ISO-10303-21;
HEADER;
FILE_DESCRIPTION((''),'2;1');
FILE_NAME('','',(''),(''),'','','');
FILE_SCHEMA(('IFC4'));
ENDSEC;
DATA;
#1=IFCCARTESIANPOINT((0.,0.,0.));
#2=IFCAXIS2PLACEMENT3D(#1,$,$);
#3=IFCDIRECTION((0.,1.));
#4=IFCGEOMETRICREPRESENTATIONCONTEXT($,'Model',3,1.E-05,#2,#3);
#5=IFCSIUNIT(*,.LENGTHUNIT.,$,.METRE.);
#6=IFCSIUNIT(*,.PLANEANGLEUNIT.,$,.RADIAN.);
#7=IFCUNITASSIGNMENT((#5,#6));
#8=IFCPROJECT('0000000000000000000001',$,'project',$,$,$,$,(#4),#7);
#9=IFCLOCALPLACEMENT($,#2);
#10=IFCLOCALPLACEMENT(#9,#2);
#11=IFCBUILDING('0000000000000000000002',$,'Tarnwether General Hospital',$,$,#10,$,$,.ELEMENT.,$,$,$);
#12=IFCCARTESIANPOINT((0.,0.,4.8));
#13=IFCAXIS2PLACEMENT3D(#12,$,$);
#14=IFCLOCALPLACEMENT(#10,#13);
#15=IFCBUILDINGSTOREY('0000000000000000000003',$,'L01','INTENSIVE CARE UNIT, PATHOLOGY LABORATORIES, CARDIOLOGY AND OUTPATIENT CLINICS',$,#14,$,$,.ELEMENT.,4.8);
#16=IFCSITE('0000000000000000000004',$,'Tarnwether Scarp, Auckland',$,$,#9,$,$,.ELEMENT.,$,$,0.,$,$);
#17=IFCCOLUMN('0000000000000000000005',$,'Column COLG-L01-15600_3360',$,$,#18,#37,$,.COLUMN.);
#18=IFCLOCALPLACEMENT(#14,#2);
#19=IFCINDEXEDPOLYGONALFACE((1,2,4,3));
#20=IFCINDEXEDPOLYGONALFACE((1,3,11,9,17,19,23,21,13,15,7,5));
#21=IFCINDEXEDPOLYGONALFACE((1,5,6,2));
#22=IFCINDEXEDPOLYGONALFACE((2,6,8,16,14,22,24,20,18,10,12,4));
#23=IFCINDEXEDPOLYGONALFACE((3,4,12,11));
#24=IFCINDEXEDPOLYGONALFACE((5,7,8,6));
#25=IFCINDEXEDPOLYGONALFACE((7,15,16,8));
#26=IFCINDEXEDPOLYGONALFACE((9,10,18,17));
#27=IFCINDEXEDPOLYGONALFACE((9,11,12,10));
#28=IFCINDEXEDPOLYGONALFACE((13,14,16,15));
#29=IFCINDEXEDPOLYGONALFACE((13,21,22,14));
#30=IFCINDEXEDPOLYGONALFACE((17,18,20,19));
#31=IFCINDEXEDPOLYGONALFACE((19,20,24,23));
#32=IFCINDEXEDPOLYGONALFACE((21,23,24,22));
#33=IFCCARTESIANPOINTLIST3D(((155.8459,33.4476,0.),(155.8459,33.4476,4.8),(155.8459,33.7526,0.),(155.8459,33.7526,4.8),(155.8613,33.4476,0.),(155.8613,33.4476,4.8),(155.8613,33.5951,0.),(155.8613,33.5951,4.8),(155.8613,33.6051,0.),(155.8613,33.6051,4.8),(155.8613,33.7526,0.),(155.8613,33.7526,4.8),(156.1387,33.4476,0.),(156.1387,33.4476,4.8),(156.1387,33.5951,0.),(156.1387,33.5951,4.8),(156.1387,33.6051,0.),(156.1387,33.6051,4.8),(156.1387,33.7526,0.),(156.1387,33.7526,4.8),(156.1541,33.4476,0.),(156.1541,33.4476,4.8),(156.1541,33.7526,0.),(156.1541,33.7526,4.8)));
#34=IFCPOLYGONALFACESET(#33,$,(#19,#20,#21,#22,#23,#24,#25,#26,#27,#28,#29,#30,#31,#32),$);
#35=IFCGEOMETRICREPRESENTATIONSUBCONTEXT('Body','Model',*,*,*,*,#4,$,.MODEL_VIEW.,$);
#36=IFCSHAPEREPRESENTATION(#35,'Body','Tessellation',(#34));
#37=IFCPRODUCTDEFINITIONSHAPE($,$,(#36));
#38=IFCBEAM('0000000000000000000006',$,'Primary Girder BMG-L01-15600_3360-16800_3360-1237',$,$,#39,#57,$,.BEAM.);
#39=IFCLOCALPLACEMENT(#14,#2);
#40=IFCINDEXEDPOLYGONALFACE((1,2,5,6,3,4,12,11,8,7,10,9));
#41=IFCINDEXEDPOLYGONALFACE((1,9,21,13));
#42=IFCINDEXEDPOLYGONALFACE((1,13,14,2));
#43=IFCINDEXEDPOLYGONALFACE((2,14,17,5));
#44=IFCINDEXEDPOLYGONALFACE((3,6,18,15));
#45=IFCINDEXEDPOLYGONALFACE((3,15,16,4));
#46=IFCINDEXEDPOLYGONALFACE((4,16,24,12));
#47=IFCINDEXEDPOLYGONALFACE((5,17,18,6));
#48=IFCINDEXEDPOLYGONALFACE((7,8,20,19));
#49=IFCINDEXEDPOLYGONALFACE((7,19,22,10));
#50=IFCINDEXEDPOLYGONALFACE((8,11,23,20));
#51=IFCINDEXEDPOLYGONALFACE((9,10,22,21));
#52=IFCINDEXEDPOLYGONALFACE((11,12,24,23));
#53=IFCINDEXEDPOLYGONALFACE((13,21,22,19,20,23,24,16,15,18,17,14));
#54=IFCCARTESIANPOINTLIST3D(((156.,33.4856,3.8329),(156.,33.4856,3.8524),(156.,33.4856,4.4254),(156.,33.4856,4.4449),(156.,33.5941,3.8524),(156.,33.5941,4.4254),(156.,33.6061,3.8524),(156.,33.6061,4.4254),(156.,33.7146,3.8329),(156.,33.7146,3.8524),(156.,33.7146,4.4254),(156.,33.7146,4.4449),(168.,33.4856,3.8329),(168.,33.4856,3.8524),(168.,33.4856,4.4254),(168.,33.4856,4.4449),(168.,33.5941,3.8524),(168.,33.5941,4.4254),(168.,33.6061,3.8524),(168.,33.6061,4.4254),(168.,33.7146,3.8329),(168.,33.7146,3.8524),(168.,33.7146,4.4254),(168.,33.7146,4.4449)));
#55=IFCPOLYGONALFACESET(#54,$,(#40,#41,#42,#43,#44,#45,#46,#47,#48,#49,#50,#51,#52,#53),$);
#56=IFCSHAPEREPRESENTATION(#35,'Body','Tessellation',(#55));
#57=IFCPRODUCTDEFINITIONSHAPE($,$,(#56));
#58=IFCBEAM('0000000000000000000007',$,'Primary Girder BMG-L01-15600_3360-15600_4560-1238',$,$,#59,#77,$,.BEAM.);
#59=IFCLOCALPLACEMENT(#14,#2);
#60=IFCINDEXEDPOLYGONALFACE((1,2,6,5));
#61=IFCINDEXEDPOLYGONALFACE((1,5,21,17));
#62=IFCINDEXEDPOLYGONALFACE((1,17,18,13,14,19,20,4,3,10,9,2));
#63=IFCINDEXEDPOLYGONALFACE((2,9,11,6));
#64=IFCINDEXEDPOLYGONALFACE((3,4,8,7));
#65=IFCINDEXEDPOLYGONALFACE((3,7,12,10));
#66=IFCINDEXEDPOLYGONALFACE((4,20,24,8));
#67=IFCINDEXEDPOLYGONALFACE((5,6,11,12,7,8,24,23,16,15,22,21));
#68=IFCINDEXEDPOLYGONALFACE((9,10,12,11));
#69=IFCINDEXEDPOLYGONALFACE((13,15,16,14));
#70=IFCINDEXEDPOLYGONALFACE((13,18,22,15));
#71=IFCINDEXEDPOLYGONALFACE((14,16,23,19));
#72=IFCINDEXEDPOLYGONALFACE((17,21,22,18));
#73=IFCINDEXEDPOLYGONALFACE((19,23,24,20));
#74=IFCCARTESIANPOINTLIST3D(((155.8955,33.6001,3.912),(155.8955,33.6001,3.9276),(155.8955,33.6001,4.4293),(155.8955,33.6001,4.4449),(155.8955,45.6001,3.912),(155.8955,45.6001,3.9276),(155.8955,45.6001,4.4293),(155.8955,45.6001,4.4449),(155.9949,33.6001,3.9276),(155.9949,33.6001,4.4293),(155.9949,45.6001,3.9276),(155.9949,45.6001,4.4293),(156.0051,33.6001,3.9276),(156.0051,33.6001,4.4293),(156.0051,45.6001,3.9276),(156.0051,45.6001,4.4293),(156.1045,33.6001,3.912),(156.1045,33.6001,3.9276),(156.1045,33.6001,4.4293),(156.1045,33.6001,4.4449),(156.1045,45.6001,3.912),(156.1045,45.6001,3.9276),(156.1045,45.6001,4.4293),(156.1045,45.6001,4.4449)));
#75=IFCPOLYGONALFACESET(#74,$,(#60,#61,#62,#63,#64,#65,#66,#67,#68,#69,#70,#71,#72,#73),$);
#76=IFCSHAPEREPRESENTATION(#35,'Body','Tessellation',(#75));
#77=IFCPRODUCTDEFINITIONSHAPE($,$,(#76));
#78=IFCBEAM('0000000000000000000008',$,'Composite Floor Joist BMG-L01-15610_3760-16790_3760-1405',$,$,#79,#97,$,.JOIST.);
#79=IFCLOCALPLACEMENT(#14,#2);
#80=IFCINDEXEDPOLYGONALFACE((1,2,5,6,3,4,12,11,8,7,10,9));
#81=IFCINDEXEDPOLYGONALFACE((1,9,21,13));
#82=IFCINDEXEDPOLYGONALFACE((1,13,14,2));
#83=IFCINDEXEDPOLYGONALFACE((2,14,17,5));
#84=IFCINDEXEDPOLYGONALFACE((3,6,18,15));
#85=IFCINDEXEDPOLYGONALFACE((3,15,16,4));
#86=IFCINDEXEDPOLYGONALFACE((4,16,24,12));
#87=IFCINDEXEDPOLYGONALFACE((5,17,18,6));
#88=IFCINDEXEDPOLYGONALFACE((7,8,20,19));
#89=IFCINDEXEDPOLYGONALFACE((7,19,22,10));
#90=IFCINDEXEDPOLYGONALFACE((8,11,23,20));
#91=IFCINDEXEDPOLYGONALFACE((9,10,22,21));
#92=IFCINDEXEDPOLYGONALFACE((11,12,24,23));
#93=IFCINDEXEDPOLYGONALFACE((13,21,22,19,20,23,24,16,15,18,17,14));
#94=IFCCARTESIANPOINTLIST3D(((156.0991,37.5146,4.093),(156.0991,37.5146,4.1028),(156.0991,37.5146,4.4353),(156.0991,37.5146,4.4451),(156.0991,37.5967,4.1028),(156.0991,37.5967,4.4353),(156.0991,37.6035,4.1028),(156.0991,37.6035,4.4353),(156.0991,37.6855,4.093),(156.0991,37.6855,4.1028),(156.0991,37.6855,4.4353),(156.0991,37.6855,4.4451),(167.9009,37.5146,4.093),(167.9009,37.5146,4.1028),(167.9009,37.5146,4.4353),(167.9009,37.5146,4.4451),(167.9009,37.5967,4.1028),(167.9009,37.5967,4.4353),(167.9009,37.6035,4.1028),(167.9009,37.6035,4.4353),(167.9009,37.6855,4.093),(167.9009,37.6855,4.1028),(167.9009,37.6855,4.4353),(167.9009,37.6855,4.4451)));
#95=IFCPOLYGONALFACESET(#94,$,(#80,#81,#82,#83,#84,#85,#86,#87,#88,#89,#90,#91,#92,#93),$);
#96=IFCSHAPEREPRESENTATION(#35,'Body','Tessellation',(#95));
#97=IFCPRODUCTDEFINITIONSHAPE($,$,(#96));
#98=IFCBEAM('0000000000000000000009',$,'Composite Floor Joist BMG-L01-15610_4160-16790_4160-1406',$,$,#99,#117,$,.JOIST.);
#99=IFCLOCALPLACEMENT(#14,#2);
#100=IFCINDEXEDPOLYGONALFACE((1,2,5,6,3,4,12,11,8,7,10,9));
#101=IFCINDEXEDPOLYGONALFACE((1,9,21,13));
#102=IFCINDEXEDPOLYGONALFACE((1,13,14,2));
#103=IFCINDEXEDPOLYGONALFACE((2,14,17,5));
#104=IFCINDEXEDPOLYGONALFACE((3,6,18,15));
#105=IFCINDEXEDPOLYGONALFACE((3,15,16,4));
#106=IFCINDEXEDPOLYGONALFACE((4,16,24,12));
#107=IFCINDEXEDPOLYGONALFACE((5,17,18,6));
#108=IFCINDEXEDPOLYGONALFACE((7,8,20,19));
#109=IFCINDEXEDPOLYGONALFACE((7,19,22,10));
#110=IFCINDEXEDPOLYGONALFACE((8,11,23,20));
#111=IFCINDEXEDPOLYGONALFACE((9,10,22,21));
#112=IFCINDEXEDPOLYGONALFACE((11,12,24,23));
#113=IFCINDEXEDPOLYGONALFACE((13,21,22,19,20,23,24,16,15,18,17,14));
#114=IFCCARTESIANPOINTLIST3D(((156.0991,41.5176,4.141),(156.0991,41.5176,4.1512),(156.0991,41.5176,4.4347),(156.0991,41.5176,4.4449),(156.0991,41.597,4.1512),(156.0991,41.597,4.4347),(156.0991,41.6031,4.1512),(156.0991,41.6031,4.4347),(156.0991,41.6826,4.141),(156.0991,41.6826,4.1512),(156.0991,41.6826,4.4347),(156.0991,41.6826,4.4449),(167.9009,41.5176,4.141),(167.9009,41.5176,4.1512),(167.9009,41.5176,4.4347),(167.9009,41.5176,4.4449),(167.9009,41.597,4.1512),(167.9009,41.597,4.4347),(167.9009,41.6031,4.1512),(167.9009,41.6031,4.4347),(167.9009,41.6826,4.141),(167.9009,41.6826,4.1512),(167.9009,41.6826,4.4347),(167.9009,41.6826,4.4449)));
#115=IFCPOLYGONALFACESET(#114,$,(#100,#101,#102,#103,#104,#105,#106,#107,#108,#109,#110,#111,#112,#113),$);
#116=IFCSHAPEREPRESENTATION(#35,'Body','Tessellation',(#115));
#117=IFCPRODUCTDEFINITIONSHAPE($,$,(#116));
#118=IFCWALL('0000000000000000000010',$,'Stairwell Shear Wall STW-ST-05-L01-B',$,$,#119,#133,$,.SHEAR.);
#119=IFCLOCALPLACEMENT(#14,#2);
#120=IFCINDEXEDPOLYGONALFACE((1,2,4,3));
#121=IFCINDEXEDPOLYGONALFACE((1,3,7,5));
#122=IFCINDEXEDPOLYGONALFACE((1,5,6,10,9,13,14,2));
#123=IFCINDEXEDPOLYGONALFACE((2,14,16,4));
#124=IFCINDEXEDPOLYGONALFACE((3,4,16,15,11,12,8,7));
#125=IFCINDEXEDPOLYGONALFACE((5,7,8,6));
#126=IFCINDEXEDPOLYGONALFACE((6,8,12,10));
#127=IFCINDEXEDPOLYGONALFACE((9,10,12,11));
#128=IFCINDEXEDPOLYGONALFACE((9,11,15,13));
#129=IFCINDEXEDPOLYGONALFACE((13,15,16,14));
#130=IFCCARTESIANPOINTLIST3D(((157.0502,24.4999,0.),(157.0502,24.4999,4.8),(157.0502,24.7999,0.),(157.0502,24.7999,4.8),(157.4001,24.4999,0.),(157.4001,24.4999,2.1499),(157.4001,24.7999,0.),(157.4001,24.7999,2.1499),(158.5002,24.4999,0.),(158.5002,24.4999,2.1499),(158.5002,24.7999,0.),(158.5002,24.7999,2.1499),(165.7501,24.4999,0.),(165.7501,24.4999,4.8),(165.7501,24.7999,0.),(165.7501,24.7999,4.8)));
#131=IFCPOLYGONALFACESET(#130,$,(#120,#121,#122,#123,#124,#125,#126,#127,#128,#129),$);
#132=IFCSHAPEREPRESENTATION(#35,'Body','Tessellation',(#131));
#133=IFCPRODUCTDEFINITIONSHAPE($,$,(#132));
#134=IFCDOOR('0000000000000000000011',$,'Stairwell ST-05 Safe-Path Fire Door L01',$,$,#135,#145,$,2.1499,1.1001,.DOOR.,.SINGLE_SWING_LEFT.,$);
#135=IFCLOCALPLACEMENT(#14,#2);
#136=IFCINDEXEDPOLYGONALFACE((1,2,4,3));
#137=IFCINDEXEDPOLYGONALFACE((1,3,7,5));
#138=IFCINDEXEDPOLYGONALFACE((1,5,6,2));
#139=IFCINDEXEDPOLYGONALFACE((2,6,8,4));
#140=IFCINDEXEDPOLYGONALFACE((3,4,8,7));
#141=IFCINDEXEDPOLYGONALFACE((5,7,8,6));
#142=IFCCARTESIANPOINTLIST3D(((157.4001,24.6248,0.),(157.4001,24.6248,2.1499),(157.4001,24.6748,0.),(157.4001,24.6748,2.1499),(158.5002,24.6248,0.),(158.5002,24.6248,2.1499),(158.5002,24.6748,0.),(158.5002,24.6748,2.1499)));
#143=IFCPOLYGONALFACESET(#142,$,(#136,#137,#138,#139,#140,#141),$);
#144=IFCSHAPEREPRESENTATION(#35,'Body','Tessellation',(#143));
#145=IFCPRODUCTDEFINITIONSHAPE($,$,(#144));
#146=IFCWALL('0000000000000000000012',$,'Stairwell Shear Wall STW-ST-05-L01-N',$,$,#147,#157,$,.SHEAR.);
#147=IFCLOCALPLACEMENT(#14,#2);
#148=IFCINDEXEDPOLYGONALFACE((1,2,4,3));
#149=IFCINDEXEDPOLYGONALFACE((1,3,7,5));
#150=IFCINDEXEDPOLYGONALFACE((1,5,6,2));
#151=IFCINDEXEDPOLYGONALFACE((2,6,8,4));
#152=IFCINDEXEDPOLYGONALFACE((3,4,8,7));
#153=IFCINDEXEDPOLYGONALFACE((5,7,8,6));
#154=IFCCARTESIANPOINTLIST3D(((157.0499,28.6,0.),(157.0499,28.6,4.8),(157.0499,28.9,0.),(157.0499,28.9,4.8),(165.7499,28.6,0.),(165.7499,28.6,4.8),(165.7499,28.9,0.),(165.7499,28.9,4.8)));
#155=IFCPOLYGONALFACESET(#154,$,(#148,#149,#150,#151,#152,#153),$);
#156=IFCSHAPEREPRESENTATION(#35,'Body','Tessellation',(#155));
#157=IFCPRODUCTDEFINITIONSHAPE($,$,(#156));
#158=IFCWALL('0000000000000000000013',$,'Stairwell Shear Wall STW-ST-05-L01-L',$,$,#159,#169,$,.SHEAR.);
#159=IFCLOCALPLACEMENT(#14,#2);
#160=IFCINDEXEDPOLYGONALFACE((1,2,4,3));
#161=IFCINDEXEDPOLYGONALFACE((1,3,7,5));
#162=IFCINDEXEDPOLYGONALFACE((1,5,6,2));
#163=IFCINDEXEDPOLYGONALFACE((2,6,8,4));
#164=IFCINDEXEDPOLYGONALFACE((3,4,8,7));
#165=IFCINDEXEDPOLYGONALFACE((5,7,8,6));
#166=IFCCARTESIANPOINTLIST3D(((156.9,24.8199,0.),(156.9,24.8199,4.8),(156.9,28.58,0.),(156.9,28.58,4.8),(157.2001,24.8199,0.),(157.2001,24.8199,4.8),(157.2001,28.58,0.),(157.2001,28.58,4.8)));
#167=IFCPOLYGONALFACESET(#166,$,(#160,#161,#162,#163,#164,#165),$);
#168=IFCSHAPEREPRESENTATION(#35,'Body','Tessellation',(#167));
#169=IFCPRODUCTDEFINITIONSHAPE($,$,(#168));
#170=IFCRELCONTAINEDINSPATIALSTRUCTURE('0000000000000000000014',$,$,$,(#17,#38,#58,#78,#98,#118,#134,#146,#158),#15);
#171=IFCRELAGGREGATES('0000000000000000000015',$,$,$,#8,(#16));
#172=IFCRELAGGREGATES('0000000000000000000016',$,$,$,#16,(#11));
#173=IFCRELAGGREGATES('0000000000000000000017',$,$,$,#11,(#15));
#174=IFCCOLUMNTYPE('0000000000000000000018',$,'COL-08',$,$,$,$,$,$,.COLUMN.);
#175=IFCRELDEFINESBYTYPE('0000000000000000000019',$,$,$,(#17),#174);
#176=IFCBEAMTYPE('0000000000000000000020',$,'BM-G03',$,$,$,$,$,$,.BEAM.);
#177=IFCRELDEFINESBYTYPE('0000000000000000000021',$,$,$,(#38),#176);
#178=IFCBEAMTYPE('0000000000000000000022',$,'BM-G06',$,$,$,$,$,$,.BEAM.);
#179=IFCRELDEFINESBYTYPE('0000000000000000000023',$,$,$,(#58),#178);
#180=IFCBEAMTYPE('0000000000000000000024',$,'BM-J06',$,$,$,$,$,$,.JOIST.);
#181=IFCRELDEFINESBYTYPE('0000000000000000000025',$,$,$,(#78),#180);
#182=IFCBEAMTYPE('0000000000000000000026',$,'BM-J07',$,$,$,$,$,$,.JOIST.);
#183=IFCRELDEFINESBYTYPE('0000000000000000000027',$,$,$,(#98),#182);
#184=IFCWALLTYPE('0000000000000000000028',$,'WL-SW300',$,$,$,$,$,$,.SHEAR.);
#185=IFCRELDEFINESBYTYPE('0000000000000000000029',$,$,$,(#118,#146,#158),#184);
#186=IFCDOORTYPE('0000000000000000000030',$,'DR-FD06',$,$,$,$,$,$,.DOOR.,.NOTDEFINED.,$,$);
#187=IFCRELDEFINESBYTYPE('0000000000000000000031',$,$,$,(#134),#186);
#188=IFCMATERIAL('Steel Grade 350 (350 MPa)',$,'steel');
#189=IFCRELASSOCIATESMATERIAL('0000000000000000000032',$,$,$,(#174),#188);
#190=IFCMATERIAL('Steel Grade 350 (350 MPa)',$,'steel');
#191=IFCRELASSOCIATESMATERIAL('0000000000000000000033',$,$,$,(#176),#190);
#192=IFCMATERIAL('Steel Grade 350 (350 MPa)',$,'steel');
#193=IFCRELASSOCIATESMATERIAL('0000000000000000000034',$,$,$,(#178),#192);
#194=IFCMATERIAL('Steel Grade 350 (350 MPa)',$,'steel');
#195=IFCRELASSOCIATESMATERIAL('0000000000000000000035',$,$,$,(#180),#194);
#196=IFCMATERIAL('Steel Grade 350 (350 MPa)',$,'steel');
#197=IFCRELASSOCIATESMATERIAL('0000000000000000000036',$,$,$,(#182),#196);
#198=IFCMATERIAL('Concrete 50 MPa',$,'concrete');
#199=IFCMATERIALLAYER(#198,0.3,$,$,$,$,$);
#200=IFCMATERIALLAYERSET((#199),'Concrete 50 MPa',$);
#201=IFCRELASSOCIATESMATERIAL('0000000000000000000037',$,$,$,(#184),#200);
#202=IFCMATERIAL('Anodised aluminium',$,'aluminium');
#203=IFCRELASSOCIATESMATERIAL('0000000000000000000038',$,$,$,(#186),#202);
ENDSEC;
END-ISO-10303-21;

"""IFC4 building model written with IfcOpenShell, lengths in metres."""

from ifc_helpers import new_model, si_unit, direction, frame, frame_2d, origin, origin_2d, place, context, subcontext, project, spatial, rectangle, i_section, extrude, material, layer, layer_set, material_profile, profile_set, type_object, element, fill, save


model = new_model("IFC4")

# Units and contexts
model_context = context("Model", 3, precision=1e-05, world=origin(), true_north=direction((0.0, 1.0)))
body_context = subcontext(model_context, "Body", "Model", "MODEL_VIEW")
ifc_project = project(units=[si_unit("LENGTHUNIT", "METRE"), si_unit("PLANEANGLEUNIT", "RADIAN")], contexts=[model_context])

# Site, building, storey
site_placement = place(None, origin())
site = spatial("IfcSite", under=ifc_project, at=site_placement, Name="Tarnwether Scarp, Auckland", CompositionType="ELEMENT", RefElevation=0.0)
building_placement = place(site_placement, origin())
building = spatial("IfcBuilding", under=site, at=building_placement, Name="Tarnwether General Hospital", CompositionType="ELEMENT")
storey_placement = place(building_placement, frame((0.0, 0.0, 4.8)))
storey = spatial("IfcBuildingStorey", under=building, at=storey_placement, Name="L01", Description="INTENSIVE CARE UNIT, PATHOLOGY LABORATORIES, CARDIOLOGY AND OUTPATIENT CLINICS", CompositionType="ELEMENT", Elevation=4.8)

# Column
ifc_material_1 = material(Name="Steel Grade 350 (350 MPa)", Category="steel")
ifc_material_profile_1 = material_profile(ifc_material_1, i_section(OverallWidth=0.3049, OverallDepth=0.3081, WebThickness=0.01, FlangeThickness=0.0154, at=origin_2d()), Name="310UC96.8")
ifc_profile_set_1 = profile_set([ifc_material_profile_1], Name="Steel Grade 350 (350 MPa)")
column_type = type_object("IfcColumnType", Name="COL-08", PredefinedType="COLUMN", material=ifc_profile_set_1)
column_placement = place(storey_placement, frame((156.0, 33.6001, 0.0), z_axis=(0.0, 0.0, 1.0), x_axis=(0.0, 1.0, 0.0)))
element("IfcColumn", 1, at=column_placement, inside=storey, type_object=column_type, Name="Column COLG-L01-15600_3360", PredefinedType="COLUMN", context=body_context, shape_type="SweptSolid", body=[
    extrude(i_section(OverallWidth=0.3049, OverallDepth=0.3081, WebThickness=0.01, FlangeThickness=0.0154, at=origin_2d()), origin(), (0.0, 0.0, 1.0), 4.8),
])

# Beams
ifc_material_2 = material(Name="Steel Grade 350 (350 MPa)", Category="steel")
ifc_material_profile_2 = material_profile(ifc_material_2, i_section(OverallWidth=0.229, OverallDepth=0.6121, WebThickness=0.012, FlangeThickness=0.0195, at=origin_2d()), Name="610UB125")
ifc_profile_set_2 = profile_set([ifc_material_profile_2], Name="Steel Grade 350 (350 MPa)")
beam_type_1 = type_object("IfcBeamType", Name="BM-G03", PredefinedType="BEAM", material=ifc_profile_set_2)
beam_1_placement = place(storey_placement, frame((156.0, 33.6001, 4.1389), z_axis=(1.0, 0.0, 0.0), x_axis=(0.0, 1.0, 0.0)))
element("IfcBeam", 2, at=beam_1_placement, inside=storey, type_object=beam_type_1, Name="Primary Girder BMG-L01-15600_3360-16800_3360-1237", PredefinedType="BEAM", context=body_context, shape_type="SweptSolid", body=[
    extrude(i_section(OverallWidth=0.229, OverallDepth=0.6121, WebThickness=0.012, FlangeThickness=0.0195, at=origin_2d()), origin(), (0.0, 0.0, 1.0), 12.0),
])
ifc_material_3 = material(Name="Steel Grade 350 (350 MPa)", Category="steel")
ifc_material_profile_3 = material_profile(ifc_material_3, i_section(OverallWidth=0.209, OverallDepth=0.533, WebThickness=0.0103, FlangeThickness=0.0156, at=origin_2d()), Name="530UB92.4")
ifc_profile_set_3 = profile_set([ifc_material_profile_3], Name="Steel Grade 350 (350 MPa)")
beam_type_2 = type_object("IfcBeamType", Name="BM-G06", PredefinedType="BEAM", material=ifc_profile_set_3)
beam_2_placement = place(storey_placement, frame((156.0, 33.6001, 4.1785), z_axis=(0.0, 1.0, 0.0), x_axis=(-1.0, 0.0, 0.0)))
element("IfcBeam", 3, at=beam_2_placement, inside=storey, type_object=beam_type_2, Name="Primary Girder BMG-L01-15600_3360-15600_4560-1238", PredefinedType="BEAM", context=body_context, shape_type="SweptSolid", body=[
    extrude(i_section(OverallWidth=0.209, OverallDepth=0.533, WebThickness=0.0103, FlangeThickness=0.0156, at=origin_2d()), origin(), (0.0, 0.0, 1.0), 12.0),
])
ifc_material_4 = material(Name="Steel Grade 350 (350 MPa)", Category="steel")
ifc_material_profile_4 = material_profile(ifc_material_4, i_section(OverallWidth=0.1709, OverallDepth=0.3521, WebThickness=0.0068, FlangeThickness=0.0098, at=origin_2d()), Name="360UB44.7")
ifc_profile_set_4 = profile_set([ifc_material_profile_4], Name="Steel Grade 350 (350 MPa)")
beam_type_3 = type_object("IfcBeamType", Name="BM-J06", PredefinedType="JOIST", material=ifc_profile_set_4)
beam_3_placement = place(storey_placement, frame((156.0991, 37.6001, 4.269), z_axis=(1.0, 0.0, 0.0), x_axis=(0.0, 1.0, 0.0)))
element("IfcBeam", 4, at=beam_3_placement, inside=storey, type_object=beam_type_3, Name="Composite Floor Joist BMG-L01-15610_3760-16790_3760-1405", PredefinedType="JOIST", context=body_context, shape_type="SweptSolid", body=[
    extrude(i_section(OverallWidth=0.1709, OverallDepth=0.3521, WebThickness=0.0068, FlangeThickness=0.0098, at=origin_2d()), origin(), (0.0, 0.0, 1.0), 11.8018),
])
ifc_material_5 = material(Name="Steel Grade 350 (350 MPa)", Category="steel")
ifc_material_profile_5 = material_profile(ifc_material_5, i_section(OverallWidth=0.165, OverallDepth=0.304, WebThickness=0.0061, FlangeThickness=0.0103, at=origin_2d()), Name="310UB40.4")
ifc_profile_set_5 = profile_set([ifc_material_profile_5], Name="Steel Grade 350 (350 MPa)")
beam_type_4 = type_object("IfcBeamType", Name="BM-J07", PredefinedType="JOIST", material=ifc_profile_set_5)
beam_4_placement = place(storey_placement, frame((156.0991, 41.6001, 4.293), z_axis=(1.0, 0.0, 0.0), x_axis=(0.0, 1.0, 0.0)))
element("IfcBeam", 5, at=beam_4_placement, inside=storey, type_object=beam_type_4, Name="Composite Floor Joist BMG-L01-15610_4160-16790_4160-1406", PredefinedType="JOIST", context=body_context, shape_type="SweptSolid", body=[
    extrude(i_section(OverallWidth=0.165, OverallDepth=0.304, WebThickness=0.0061, FlangeThickness=0.0103, at=origin_2d()), origin(), (0.0, 0.0, 1.0), 11.8018),
])

# Wall, opening, door
ifc_material_6 = material(Name="Concrete 50 MPa", Category="concrete")
ifc_layer_1 = layer(ifc_material_6, 0.3)
ifc_layer_set_1 = layer_set([ifc_layer_1], Name="Concrete 50 MPa")
wall_type_1 = type_object("IfcWallType", Name="WL-SW300", PredefinedType="SHEAR", material=ifc_layer_set_1)
wall_1_placement = place(storey_placement, frame((157.05, 24.6499, 0.0), z_axis=(0.0, 0.0, 1.0), x_axis=(1.0, 0.0, 0.0)))
wall_1 = element("IfcWall", 6, at=wall_1_placement, inside=storey, type_object=wall_type_1, Name="Stairwell Shear Wall STW-ST-05-L01-B", PredefinedType="SHEAR", context=body_context, shape_type="SweptSolid", body=[
    extrude(rectangle(XDim=8.7, YDim=0.3, at=frame_2d((4.3501, 0.0))), origin(), (0.0, 0.0, 1.0), 4.8),
])
opening_placement = place(wall_1_placement, frame((0.3501, 0.0, 0.0)))
opening = element("IfcOpeningElement", 7, at=opening_placement, cuts=wall_1, PredefinedType="OPENING", context=body_context, shape_type="SweptSolid", body=[
    extrude(rectangle(XDim=1.1001, YDim=2.1499, at=frame_2d((0.55, 1.075))), frame((0.0, 0.1602, 0.0), z_axis=(0.0, -1.0, 0.0), x_axis=(1.0, 0.0, 0.0)), (0.0, 0.0, 1.0), 0.3201),
])
ifc_material_7 = material(Name="Anodised aluminium", Category="aluminium")
door_type = type_object("IfcDoorType", Name="DR-FD06", OperationType="NOTDEFINED", PredefinedType="DOOR", material=ifc_material_7)
door_placement = place(opening_placement, origin())
door = element("IfcDoor", 8, at=door_placement, inside=storey, type_object=door_type, Name="Stairwell ST-05 Safe-Path Fire Door L01", OperationType="SINGLE_SWING_LEFT", OverallHeight=2.1499, OverallWidth=1.1001, PredefinedType="DOOR", context=body_context, shape_type="SweptSolid", body=[
    extrude(rectangle(XDim=1.1001, YDim=2.1499, at=frame_2d((0.55, 1.075))), frame((0.0, 0.0249, 0.0), z_axis=(0.0, -1.0, 0.0), x_axis=(1.0, 0.0, 0.0)), (0.0, 0.0, 1.0), 0.05),
])
fill(opening, door)

# Walls
wall_2_placement = place(storey_placement, frame((165.75, 28.75, 0.0), z_axis=(0.0, 0.0, 1.0), x_axis=(-1.0, 0.0, 0.0)))
element("IfcWall", 9, at=wall_2_placement, inside=storey, type_object=wall_type_1, Name="Stairwell Shear Wall STW-ST-05-L01-N", PredefinedType="SHEAR", context=body_context, shape_type="SweptSolid", body=[
    extrude(rectangle(XDim=8.7, YDim=0.3, at=frame_2d((4.3501, 0.0))), origin(), (0.0, 0.0, 1.0), 4.8),
])
for number, where, z_axis, x_axis, name in (
    (10, (157.05, 24.8201, 0.0), (0.0, 0.0, 1.0), (0.0, 1.0, 0.0), "Stairwell Shear Wall STW-ST-05-L01-L"),
):
    element("IfcWall", number, at=place(storey_placement, frame(where, z_axis=z_axis, x_axis=x_axis)), inside=storey, type_object=wall_type_1, Name=name, PredefinedType="SHEAR", context=body_context, shape_type="SweptSolid", body=[
        extrude(rectangle(XDim=3.76, YDim=0.3, at=frame_2d((1.8799, 0.0))), origin(), (0.0, 0.0, 1.0), 4.8),
    ])

save(model, "model.ifc")
